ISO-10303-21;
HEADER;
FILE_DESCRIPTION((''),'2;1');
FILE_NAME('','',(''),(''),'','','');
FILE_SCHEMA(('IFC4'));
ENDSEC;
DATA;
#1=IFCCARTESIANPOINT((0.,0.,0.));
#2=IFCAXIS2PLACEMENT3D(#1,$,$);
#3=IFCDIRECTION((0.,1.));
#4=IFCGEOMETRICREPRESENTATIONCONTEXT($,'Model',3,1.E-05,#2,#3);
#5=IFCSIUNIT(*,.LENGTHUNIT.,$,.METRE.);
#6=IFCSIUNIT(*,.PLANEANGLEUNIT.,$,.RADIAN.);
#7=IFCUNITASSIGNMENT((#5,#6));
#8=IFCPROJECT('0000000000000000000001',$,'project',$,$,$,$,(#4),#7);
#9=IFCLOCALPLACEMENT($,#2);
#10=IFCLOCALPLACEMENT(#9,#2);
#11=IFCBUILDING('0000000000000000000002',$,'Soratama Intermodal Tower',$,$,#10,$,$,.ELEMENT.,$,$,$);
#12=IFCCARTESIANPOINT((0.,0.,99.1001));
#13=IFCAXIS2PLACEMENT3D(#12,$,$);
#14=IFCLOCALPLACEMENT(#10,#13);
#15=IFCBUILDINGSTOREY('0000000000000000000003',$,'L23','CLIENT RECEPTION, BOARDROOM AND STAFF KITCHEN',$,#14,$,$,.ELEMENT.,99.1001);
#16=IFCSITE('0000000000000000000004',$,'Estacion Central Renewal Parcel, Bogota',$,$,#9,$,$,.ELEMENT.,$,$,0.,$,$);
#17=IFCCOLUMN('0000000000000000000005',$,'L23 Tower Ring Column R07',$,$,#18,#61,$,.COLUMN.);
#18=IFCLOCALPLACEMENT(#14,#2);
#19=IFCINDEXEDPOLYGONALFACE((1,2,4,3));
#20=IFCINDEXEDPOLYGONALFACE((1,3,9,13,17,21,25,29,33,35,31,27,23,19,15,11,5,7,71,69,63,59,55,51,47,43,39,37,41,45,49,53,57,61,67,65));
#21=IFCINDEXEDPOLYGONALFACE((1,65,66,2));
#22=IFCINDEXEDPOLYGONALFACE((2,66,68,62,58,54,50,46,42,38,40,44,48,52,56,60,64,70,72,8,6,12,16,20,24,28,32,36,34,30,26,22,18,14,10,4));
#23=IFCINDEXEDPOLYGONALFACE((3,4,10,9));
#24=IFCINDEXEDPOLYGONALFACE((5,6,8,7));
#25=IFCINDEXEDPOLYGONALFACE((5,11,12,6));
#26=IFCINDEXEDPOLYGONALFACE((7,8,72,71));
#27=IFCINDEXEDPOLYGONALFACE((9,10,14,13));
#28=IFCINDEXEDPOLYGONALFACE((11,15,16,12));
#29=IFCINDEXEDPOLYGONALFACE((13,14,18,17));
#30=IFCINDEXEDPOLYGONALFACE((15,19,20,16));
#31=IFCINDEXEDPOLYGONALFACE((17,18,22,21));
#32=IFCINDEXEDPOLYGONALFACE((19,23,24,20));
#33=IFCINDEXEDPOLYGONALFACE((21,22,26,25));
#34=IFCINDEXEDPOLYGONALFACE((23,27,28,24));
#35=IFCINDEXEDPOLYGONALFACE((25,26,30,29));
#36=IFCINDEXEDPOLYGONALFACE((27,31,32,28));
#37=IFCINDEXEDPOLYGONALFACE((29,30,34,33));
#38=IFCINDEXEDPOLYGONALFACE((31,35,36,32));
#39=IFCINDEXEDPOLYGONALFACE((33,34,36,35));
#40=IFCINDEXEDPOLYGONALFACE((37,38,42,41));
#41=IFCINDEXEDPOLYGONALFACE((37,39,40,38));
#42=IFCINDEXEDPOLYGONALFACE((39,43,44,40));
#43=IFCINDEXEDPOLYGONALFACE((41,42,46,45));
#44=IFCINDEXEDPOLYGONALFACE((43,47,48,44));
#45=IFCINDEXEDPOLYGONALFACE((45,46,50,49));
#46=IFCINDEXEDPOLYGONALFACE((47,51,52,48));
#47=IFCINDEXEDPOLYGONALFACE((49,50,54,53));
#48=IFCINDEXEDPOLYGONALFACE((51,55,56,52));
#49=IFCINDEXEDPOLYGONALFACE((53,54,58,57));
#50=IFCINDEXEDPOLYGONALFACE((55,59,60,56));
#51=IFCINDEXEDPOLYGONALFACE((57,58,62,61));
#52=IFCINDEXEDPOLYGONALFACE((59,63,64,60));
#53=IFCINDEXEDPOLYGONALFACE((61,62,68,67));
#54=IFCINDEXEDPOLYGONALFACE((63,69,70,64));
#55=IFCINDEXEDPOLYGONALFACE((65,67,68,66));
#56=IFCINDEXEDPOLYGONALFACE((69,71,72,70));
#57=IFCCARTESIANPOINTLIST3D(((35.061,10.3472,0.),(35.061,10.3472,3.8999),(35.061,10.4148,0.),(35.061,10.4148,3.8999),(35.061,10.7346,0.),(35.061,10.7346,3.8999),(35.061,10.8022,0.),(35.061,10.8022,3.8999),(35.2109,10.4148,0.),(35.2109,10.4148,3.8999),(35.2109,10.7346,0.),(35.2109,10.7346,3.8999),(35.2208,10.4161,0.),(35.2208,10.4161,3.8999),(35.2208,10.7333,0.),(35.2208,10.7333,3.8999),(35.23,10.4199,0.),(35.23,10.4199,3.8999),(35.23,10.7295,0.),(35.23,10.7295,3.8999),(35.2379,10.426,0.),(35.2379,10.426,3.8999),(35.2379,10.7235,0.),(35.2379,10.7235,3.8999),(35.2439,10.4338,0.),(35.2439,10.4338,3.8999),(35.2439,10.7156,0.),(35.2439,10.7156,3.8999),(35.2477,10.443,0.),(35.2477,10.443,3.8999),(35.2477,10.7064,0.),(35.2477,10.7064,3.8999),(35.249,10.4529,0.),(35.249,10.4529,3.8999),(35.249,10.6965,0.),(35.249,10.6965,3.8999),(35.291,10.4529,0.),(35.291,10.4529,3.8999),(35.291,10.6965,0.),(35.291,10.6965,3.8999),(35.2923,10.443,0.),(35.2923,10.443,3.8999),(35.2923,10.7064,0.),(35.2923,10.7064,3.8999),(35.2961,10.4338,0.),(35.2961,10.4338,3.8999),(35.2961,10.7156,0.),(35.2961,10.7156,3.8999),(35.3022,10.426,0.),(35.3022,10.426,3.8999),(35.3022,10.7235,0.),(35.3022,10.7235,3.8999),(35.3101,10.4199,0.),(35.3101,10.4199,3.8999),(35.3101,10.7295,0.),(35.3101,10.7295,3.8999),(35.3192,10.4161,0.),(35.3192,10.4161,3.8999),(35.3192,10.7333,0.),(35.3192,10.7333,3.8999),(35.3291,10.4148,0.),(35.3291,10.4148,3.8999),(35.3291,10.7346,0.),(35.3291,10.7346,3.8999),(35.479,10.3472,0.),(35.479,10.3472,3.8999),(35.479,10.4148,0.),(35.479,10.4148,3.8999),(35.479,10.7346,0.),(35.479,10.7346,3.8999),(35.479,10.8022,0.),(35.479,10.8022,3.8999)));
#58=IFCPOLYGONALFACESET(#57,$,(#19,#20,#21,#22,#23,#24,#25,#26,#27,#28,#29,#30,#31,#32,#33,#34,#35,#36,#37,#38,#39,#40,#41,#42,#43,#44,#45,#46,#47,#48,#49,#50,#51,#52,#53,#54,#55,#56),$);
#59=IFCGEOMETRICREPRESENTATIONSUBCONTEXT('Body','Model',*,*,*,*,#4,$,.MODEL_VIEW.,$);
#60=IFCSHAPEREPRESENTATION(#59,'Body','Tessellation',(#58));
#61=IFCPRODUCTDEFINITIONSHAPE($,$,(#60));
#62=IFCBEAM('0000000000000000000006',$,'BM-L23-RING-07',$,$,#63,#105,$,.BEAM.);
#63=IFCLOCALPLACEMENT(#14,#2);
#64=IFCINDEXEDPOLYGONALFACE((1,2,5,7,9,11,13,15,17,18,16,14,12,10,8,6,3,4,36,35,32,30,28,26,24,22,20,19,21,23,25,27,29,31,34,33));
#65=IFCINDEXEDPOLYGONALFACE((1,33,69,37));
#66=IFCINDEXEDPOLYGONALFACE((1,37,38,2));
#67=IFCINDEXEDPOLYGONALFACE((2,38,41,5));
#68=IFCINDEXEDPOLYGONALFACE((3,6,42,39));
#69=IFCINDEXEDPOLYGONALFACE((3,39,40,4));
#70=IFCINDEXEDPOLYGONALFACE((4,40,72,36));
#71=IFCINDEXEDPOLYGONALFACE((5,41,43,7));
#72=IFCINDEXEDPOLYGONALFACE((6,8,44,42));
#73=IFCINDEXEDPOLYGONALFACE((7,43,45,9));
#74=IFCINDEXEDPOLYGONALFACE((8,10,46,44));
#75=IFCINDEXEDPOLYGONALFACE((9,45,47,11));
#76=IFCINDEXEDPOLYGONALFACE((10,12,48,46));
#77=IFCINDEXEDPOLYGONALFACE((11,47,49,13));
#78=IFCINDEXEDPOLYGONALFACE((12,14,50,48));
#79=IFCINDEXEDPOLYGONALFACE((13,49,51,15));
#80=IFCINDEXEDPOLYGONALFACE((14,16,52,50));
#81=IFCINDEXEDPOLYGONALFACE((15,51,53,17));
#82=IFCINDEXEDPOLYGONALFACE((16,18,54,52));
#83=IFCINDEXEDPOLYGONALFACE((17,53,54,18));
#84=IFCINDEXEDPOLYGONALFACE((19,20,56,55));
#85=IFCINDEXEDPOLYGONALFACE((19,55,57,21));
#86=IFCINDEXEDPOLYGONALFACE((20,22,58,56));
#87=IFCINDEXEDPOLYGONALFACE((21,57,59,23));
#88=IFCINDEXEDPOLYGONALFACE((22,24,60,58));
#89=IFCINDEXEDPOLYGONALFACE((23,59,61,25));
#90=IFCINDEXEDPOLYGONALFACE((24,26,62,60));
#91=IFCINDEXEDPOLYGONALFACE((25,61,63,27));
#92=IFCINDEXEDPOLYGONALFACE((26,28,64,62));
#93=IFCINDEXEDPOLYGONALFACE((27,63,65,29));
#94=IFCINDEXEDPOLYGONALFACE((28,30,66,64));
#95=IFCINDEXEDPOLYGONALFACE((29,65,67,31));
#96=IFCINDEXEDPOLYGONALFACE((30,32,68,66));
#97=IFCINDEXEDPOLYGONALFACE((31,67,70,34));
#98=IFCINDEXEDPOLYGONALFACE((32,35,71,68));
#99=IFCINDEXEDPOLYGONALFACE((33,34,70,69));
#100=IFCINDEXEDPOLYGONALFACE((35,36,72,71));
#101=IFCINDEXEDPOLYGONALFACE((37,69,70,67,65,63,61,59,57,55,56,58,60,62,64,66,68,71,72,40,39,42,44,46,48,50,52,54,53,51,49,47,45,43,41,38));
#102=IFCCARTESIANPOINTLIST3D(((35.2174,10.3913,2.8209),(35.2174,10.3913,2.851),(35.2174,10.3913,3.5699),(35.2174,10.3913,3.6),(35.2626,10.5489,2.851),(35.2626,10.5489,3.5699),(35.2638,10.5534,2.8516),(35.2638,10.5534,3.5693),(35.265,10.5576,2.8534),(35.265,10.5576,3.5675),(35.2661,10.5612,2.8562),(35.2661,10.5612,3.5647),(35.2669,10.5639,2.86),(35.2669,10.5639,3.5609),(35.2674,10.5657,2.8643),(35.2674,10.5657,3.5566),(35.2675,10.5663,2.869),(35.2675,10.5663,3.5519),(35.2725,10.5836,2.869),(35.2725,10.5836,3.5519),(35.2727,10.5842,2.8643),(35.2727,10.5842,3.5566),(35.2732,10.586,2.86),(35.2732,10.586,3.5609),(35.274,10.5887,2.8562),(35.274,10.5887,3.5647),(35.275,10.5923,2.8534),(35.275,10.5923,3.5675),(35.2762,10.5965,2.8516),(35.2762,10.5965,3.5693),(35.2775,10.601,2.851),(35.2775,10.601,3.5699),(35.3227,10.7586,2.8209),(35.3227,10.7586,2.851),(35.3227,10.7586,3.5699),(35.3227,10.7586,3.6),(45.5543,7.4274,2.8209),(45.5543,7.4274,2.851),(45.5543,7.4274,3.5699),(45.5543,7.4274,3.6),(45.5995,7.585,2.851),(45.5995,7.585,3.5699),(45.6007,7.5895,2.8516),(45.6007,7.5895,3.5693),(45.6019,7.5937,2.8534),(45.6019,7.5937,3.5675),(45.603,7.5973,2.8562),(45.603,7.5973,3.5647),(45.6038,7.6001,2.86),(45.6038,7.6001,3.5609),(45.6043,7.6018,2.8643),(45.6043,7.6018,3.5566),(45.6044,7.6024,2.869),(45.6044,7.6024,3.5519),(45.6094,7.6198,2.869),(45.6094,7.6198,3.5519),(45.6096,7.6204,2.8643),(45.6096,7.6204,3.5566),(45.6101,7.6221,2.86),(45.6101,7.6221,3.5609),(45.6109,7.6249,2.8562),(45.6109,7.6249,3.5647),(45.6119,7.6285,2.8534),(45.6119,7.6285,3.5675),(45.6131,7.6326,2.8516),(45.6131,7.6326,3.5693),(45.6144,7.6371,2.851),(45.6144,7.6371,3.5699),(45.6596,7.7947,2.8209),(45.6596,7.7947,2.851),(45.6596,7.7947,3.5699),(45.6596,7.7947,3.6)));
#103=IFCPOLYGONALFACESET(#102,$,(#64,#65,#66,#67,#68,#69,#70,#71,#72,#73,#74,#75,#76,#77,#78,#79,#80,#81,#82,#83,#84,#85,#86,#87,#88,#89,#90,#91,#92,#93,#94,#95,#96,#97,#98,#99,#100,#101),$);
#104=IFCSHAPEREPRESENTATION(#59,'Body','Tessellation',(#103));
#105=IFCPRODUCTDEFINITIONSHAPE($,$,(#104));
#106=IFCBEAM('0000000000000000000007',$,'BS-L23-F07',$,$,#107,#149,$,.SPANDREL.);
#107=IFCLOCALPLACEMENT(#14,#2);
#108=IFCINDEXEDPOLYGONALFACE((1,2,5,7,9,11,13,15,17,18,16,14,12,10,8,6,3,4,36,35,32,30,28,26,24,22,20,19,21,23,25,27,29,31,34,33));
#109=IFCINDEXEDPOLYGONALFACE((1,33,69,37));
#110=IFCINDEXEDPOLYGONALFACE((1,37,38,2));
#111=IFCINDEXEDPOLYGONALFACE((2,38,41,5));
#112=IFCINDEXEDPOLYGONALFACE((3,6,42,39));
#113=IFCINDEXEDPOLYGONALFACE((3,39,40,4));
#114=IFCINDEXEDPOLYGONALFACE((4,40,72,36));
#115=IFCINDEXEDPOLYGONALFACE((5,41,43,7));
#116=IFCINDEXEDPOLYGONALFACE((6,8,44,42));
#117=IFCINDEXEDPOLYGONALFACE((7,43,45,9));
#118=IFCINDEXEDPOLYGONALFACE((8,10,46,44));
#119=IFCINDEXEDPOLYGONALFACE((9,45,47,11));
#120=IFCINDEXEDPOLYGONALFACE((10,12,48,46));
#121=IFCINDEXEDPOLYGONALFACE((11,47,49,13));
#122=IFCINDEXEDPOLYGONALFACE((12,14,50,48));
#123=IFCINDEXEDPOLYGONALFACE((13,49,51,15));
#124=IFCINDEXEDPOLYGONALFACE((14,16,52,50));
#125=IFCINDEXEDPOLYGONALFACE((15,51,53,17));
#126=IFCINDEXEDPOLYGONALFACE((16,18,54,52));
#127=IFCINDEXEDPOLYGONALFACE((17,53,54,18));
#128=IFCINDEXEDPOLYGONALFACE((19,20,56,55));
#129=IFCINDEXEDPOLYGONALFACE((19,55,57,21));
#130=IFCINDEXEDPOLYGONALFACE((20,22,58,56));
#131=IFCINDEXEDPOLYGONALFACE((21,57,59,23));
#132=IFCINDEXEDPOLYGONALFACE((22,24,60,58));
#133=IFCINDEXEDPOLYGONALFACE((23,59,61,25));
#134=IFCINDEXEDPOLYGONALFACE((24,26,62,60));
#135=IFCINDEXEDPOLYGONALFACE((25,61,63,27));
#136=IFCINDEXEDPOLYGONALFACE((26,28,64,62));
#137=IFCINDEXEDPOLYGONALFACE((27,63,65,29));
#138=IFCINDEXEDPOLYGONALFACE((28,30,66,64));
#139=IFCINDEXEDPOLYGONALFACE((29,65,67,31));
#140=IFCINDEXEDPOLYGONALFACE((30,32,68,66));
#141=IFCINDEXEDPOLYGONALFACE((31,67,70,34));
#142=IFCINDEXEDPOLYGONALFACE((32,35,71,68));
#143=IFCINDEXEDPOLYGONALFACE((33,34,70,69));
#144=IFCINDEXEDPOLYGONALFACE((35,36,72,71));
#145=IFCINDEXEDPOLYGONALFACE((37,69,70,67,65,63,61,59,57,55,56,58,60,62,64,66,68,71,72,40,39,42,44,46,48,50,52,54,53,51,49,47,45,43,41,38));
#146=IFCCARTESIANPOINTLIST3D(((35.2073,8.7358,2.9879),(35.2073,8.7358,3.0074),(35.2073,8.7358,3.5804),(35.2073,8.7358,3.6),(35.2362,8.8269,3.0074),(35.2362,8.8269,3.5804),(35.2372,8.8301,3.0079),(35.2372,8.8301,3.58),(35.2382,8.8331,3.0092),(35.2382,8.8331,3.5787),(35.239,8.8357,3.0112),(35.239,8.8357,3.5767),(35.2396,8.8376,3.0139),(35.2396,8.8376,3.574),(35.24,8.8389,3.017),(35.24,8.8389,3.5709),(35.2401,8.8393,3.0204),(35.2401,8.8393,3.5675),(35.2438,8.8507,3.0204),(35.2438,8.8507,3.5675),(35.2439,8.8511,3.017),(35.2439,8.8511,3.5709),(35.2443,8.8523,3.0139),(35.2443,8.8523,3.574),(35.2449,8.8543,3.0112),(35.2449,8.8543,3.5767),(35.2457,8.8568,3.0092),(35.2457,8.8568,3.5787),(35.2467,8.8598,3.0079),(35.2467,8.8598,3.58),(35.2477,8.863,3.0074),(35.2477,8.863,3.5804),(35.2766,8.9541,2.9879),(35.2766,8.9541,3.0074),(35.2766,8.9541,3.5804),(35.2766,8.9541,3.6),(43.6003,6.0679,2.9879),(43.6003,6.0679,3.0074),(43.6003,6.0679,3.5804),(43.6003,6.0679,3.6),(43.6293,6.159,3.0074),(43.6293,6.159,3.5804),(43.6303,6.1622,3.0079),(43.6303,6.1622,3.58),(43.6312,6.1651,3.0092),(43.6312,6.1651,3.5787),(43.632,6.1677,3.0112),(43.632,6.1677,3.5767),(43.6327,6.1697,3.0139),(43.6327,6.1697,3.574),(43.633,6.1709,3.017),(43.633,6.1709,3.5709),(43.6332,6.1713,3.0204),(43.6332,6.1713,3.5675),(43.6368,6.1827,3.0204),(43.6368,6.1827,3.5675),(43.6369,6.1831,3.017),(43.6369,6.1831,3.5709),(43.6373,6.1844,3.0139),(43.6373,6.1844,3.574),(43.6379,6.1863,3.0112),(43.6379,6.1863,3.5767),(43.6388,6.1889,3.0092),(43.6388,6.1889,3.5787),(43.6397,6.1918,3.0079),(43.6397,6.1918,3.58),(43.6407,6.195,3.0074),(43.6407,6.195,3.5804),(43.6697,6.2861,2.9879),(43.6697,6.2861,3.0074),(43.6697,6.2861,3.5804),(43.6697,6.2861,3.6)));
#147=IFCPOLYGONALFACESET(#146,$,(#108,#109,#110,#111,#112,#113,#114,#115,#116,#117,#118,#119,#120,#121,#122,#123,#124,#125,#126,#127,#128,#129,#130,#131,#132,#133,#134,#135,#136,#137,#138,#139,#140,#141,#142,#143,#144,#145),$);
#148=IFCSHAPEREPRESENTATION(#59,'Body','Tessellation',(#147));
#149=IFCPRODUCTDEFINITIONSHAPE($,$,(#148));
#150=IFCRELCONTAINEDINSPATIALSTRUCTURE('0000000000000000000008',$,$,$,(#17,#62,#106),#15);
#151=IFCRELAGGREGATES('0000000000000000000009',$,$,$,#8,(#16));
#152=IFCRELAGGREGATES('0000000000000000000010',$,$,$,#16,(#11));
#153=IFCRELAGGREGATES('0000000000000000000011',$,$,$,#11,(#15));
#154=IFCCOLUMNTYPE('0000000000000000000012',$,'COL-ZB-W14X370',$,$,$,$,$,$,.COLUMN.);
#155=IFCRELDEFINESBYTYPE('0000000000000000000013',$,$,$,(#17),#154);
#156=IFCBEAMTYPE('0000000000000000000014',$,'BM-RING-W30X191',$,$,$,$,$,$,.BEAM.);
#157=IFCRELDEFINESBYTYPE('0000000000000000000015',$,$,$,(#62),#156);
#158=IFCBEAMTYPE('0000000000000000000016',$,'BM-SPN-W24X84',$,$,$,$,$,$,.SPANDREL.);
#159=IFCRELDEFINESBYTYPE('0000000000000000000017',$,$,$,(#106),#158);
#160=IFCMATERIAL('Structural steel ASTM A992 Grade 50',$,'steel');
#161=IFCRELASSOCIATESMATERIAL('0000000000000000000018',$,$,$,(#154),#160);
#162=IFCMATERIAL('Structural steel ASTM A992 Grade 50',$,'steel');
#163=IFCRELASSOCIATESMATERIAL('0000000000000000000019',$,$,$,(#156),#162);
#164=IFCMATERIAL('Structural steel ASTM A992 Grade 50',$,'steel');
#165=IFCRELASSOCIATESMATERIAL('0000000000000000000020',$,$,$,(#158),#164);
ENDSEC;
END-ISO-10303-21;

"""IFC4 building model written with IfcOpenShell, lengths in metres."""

from ifc_helpers import new_model, si_unit, direction, frame, origin, origin_2d, place, context, subcontext, project, spatial, i_section, extrude, material, material_profile, profile_set, type_object, element, save


model = new_model("IFC4")

# Units and contexts
model_context = context("Model", 3, precision=1e-05, world=origin(), true_north=direction((0.0, 1.0)))
body_context = subcontext(model_context, "Body", "Model", "MODEL_VIEW")
ifc_project = project(units=[si_unit("LENGTHUNIT", "METRE"), si_unit("PLANEANGLEUNIT", "RADIAN")], contexts=[model_context])

# Site, building, storey
site_placement = place(None, origin())
site = spatial("IfcSite", under=ifc_project, at=site_placement, Name="Estacion Central Renewal Parcel, Bogota", CompositionType="ELEMENT", RefElevation=0.0)
building_placement = place(site_placement, origin())
building = spatial("IfcBuilding", under=site, at=building_placement, Name="Soratama Intermodal Tower", CompositionType="ELEMENT")
storey_placement = place(building_placement, frame((0.0, 0.0, 99.1001)))
storey = spatial("IfcBuildingStorey", under=building, at=storey_placement, Name="L23", Description="CLIENT RECEPTION, BOARDROOM AND STAFF KITCHEN", CompositionType="ELEMENT", Elevation=99.1001)

# Column
ifc_material_1 = material(Name="Structural steel ASTM A992 Grade 50", Category="steel")
ifc_material_profile_1 = material_profile(ifc_material_1, i_section(OverallWidth=0.418, OverallDepth=0.4551, WebThickness=0.042, FlangeThickness=0.0676, FilletRadius=0.0381, at=origin_2d()), Name="W14X370")
ifc_profile_set_1 = profile_set([ifc_material_profile_1], Name="Structural steel ASTM A992 Grade 50")
column_type = type_object("IfcColumnType", Name="COL-ZB-W14X370", PredefinedType="COLUMN", material=ifc_profile_set_1)
column_placement = place(storey_placement, frame((35.27, 10.5747, 0.0), z_axis=(0.0, 0.0, 1.0), x_axis=(1.0, 0.0, 0.0)))
element("IfcColumn", 1, at=column_placement, inside=storey, type_object=column_type, Name="L23 Tower Ring Column R07", PredefinedType="COLUMN", context=body_context, shape_type="SweptSolid", body=[
    extrude(i_section(OverallWidth=0.418, OverallDepth=0.4551, WebThickness=0.042, FlangeThickness=0.0676, FilletRadius=0.0381, at=origin_2d()), origin(), (0.0, 0.0, 1.0), 3.8999),
])

# Beams
ifc_material_2 = material(Name="Structural steel ASTM A992 Grade 50", Category="steel")
ifc_material_profile_2 = material_profile(ifc_material_2, i_section(OverallWidth=0.3821, OverallDepth=0.7791, WebThickness=0.0181, FlangeThickness=0.03, FilletRadius=0.0181, at=origin_2d()), Name="W30X191")
ifc_profile_set_2 = profile_set([ifc_material_profile_2], Name="Structural steel ASTM A992 Grade 50")
beam_type_1 = type_object("IfcBeamType", Name="BM-RING-W30X191", PredefinedType="BEAM", material=ifc_profile_set_2)
beam_1_placement = place(storey_placement, frame((35.27, 10.575, 3.2104), z_axis=(0.961267, -0.275621, 0.0), x_axis=(0.275621, 0.961267, 0.0)))
element("IfcBeam", 2, at=beam_1_placement, inside=storey, type_object=beam_type_1, Name="BM-L23-RING-07", PredefinedType="BEAM", context=body_context, shape_type="SweptSolid", body=[
    extrude(i_section(OverallWidth=0.3821, OverallDepth=0.7791, WebThickness=0.0181, FlangeThickness=0.03, FilletRadius=0.0181, at=origin_2d()), origin(), (0.0, 0.0, 1.0), 10.7534),
])
ifc_material_3 = material(Name="Structural steel ASTM A992 Grade 50", Category="steel")
ifc_material_profile_3 = material_profile(ifc_material_3, i_section(OverallWidth=0.229, OverallDepth=0.6121, WebThickness=0.012, FlangeThickness=0.0195, FilletRadius=0.0129, at=origin_2d()), Name="W24X84")
ifc_profile_set_3 = profile_set([ifc_material_profile_3], Name="Structural steel ASTM A992 Grade 50")
beam_type_2 = type_object("IfcBeamType", Name="BM-SPN-W24X84", PredefinedType="SPANDREL", material=ifc_profile_set_3)
beam_2_placement = place(storey_placement, frame((35.2419, 8.845, 3.2939), z_axis=(0.953009, -0.30294, 0.0), x_axis=(0.30294, 0.953009, 0.0)))
element("IfcBeam", 3, at=beam_2_placement, inside=storey, type_object=beam_type_2, Name="BS-L23-F07", PredefinedType="SPANDREL", context=body_context, shape_type="SweptSolid", body=[
    extrude(i_section(OverallWidth=0.229, OverallDepth=0.6121, WebThickness=0.012, FlangeThickness=0.0195, FilletRadius=0.0129, at=origin_2d()), origin(), (0.0, 0.0, 1.0), 8.8069),
])

save(model, "model.ifc")
